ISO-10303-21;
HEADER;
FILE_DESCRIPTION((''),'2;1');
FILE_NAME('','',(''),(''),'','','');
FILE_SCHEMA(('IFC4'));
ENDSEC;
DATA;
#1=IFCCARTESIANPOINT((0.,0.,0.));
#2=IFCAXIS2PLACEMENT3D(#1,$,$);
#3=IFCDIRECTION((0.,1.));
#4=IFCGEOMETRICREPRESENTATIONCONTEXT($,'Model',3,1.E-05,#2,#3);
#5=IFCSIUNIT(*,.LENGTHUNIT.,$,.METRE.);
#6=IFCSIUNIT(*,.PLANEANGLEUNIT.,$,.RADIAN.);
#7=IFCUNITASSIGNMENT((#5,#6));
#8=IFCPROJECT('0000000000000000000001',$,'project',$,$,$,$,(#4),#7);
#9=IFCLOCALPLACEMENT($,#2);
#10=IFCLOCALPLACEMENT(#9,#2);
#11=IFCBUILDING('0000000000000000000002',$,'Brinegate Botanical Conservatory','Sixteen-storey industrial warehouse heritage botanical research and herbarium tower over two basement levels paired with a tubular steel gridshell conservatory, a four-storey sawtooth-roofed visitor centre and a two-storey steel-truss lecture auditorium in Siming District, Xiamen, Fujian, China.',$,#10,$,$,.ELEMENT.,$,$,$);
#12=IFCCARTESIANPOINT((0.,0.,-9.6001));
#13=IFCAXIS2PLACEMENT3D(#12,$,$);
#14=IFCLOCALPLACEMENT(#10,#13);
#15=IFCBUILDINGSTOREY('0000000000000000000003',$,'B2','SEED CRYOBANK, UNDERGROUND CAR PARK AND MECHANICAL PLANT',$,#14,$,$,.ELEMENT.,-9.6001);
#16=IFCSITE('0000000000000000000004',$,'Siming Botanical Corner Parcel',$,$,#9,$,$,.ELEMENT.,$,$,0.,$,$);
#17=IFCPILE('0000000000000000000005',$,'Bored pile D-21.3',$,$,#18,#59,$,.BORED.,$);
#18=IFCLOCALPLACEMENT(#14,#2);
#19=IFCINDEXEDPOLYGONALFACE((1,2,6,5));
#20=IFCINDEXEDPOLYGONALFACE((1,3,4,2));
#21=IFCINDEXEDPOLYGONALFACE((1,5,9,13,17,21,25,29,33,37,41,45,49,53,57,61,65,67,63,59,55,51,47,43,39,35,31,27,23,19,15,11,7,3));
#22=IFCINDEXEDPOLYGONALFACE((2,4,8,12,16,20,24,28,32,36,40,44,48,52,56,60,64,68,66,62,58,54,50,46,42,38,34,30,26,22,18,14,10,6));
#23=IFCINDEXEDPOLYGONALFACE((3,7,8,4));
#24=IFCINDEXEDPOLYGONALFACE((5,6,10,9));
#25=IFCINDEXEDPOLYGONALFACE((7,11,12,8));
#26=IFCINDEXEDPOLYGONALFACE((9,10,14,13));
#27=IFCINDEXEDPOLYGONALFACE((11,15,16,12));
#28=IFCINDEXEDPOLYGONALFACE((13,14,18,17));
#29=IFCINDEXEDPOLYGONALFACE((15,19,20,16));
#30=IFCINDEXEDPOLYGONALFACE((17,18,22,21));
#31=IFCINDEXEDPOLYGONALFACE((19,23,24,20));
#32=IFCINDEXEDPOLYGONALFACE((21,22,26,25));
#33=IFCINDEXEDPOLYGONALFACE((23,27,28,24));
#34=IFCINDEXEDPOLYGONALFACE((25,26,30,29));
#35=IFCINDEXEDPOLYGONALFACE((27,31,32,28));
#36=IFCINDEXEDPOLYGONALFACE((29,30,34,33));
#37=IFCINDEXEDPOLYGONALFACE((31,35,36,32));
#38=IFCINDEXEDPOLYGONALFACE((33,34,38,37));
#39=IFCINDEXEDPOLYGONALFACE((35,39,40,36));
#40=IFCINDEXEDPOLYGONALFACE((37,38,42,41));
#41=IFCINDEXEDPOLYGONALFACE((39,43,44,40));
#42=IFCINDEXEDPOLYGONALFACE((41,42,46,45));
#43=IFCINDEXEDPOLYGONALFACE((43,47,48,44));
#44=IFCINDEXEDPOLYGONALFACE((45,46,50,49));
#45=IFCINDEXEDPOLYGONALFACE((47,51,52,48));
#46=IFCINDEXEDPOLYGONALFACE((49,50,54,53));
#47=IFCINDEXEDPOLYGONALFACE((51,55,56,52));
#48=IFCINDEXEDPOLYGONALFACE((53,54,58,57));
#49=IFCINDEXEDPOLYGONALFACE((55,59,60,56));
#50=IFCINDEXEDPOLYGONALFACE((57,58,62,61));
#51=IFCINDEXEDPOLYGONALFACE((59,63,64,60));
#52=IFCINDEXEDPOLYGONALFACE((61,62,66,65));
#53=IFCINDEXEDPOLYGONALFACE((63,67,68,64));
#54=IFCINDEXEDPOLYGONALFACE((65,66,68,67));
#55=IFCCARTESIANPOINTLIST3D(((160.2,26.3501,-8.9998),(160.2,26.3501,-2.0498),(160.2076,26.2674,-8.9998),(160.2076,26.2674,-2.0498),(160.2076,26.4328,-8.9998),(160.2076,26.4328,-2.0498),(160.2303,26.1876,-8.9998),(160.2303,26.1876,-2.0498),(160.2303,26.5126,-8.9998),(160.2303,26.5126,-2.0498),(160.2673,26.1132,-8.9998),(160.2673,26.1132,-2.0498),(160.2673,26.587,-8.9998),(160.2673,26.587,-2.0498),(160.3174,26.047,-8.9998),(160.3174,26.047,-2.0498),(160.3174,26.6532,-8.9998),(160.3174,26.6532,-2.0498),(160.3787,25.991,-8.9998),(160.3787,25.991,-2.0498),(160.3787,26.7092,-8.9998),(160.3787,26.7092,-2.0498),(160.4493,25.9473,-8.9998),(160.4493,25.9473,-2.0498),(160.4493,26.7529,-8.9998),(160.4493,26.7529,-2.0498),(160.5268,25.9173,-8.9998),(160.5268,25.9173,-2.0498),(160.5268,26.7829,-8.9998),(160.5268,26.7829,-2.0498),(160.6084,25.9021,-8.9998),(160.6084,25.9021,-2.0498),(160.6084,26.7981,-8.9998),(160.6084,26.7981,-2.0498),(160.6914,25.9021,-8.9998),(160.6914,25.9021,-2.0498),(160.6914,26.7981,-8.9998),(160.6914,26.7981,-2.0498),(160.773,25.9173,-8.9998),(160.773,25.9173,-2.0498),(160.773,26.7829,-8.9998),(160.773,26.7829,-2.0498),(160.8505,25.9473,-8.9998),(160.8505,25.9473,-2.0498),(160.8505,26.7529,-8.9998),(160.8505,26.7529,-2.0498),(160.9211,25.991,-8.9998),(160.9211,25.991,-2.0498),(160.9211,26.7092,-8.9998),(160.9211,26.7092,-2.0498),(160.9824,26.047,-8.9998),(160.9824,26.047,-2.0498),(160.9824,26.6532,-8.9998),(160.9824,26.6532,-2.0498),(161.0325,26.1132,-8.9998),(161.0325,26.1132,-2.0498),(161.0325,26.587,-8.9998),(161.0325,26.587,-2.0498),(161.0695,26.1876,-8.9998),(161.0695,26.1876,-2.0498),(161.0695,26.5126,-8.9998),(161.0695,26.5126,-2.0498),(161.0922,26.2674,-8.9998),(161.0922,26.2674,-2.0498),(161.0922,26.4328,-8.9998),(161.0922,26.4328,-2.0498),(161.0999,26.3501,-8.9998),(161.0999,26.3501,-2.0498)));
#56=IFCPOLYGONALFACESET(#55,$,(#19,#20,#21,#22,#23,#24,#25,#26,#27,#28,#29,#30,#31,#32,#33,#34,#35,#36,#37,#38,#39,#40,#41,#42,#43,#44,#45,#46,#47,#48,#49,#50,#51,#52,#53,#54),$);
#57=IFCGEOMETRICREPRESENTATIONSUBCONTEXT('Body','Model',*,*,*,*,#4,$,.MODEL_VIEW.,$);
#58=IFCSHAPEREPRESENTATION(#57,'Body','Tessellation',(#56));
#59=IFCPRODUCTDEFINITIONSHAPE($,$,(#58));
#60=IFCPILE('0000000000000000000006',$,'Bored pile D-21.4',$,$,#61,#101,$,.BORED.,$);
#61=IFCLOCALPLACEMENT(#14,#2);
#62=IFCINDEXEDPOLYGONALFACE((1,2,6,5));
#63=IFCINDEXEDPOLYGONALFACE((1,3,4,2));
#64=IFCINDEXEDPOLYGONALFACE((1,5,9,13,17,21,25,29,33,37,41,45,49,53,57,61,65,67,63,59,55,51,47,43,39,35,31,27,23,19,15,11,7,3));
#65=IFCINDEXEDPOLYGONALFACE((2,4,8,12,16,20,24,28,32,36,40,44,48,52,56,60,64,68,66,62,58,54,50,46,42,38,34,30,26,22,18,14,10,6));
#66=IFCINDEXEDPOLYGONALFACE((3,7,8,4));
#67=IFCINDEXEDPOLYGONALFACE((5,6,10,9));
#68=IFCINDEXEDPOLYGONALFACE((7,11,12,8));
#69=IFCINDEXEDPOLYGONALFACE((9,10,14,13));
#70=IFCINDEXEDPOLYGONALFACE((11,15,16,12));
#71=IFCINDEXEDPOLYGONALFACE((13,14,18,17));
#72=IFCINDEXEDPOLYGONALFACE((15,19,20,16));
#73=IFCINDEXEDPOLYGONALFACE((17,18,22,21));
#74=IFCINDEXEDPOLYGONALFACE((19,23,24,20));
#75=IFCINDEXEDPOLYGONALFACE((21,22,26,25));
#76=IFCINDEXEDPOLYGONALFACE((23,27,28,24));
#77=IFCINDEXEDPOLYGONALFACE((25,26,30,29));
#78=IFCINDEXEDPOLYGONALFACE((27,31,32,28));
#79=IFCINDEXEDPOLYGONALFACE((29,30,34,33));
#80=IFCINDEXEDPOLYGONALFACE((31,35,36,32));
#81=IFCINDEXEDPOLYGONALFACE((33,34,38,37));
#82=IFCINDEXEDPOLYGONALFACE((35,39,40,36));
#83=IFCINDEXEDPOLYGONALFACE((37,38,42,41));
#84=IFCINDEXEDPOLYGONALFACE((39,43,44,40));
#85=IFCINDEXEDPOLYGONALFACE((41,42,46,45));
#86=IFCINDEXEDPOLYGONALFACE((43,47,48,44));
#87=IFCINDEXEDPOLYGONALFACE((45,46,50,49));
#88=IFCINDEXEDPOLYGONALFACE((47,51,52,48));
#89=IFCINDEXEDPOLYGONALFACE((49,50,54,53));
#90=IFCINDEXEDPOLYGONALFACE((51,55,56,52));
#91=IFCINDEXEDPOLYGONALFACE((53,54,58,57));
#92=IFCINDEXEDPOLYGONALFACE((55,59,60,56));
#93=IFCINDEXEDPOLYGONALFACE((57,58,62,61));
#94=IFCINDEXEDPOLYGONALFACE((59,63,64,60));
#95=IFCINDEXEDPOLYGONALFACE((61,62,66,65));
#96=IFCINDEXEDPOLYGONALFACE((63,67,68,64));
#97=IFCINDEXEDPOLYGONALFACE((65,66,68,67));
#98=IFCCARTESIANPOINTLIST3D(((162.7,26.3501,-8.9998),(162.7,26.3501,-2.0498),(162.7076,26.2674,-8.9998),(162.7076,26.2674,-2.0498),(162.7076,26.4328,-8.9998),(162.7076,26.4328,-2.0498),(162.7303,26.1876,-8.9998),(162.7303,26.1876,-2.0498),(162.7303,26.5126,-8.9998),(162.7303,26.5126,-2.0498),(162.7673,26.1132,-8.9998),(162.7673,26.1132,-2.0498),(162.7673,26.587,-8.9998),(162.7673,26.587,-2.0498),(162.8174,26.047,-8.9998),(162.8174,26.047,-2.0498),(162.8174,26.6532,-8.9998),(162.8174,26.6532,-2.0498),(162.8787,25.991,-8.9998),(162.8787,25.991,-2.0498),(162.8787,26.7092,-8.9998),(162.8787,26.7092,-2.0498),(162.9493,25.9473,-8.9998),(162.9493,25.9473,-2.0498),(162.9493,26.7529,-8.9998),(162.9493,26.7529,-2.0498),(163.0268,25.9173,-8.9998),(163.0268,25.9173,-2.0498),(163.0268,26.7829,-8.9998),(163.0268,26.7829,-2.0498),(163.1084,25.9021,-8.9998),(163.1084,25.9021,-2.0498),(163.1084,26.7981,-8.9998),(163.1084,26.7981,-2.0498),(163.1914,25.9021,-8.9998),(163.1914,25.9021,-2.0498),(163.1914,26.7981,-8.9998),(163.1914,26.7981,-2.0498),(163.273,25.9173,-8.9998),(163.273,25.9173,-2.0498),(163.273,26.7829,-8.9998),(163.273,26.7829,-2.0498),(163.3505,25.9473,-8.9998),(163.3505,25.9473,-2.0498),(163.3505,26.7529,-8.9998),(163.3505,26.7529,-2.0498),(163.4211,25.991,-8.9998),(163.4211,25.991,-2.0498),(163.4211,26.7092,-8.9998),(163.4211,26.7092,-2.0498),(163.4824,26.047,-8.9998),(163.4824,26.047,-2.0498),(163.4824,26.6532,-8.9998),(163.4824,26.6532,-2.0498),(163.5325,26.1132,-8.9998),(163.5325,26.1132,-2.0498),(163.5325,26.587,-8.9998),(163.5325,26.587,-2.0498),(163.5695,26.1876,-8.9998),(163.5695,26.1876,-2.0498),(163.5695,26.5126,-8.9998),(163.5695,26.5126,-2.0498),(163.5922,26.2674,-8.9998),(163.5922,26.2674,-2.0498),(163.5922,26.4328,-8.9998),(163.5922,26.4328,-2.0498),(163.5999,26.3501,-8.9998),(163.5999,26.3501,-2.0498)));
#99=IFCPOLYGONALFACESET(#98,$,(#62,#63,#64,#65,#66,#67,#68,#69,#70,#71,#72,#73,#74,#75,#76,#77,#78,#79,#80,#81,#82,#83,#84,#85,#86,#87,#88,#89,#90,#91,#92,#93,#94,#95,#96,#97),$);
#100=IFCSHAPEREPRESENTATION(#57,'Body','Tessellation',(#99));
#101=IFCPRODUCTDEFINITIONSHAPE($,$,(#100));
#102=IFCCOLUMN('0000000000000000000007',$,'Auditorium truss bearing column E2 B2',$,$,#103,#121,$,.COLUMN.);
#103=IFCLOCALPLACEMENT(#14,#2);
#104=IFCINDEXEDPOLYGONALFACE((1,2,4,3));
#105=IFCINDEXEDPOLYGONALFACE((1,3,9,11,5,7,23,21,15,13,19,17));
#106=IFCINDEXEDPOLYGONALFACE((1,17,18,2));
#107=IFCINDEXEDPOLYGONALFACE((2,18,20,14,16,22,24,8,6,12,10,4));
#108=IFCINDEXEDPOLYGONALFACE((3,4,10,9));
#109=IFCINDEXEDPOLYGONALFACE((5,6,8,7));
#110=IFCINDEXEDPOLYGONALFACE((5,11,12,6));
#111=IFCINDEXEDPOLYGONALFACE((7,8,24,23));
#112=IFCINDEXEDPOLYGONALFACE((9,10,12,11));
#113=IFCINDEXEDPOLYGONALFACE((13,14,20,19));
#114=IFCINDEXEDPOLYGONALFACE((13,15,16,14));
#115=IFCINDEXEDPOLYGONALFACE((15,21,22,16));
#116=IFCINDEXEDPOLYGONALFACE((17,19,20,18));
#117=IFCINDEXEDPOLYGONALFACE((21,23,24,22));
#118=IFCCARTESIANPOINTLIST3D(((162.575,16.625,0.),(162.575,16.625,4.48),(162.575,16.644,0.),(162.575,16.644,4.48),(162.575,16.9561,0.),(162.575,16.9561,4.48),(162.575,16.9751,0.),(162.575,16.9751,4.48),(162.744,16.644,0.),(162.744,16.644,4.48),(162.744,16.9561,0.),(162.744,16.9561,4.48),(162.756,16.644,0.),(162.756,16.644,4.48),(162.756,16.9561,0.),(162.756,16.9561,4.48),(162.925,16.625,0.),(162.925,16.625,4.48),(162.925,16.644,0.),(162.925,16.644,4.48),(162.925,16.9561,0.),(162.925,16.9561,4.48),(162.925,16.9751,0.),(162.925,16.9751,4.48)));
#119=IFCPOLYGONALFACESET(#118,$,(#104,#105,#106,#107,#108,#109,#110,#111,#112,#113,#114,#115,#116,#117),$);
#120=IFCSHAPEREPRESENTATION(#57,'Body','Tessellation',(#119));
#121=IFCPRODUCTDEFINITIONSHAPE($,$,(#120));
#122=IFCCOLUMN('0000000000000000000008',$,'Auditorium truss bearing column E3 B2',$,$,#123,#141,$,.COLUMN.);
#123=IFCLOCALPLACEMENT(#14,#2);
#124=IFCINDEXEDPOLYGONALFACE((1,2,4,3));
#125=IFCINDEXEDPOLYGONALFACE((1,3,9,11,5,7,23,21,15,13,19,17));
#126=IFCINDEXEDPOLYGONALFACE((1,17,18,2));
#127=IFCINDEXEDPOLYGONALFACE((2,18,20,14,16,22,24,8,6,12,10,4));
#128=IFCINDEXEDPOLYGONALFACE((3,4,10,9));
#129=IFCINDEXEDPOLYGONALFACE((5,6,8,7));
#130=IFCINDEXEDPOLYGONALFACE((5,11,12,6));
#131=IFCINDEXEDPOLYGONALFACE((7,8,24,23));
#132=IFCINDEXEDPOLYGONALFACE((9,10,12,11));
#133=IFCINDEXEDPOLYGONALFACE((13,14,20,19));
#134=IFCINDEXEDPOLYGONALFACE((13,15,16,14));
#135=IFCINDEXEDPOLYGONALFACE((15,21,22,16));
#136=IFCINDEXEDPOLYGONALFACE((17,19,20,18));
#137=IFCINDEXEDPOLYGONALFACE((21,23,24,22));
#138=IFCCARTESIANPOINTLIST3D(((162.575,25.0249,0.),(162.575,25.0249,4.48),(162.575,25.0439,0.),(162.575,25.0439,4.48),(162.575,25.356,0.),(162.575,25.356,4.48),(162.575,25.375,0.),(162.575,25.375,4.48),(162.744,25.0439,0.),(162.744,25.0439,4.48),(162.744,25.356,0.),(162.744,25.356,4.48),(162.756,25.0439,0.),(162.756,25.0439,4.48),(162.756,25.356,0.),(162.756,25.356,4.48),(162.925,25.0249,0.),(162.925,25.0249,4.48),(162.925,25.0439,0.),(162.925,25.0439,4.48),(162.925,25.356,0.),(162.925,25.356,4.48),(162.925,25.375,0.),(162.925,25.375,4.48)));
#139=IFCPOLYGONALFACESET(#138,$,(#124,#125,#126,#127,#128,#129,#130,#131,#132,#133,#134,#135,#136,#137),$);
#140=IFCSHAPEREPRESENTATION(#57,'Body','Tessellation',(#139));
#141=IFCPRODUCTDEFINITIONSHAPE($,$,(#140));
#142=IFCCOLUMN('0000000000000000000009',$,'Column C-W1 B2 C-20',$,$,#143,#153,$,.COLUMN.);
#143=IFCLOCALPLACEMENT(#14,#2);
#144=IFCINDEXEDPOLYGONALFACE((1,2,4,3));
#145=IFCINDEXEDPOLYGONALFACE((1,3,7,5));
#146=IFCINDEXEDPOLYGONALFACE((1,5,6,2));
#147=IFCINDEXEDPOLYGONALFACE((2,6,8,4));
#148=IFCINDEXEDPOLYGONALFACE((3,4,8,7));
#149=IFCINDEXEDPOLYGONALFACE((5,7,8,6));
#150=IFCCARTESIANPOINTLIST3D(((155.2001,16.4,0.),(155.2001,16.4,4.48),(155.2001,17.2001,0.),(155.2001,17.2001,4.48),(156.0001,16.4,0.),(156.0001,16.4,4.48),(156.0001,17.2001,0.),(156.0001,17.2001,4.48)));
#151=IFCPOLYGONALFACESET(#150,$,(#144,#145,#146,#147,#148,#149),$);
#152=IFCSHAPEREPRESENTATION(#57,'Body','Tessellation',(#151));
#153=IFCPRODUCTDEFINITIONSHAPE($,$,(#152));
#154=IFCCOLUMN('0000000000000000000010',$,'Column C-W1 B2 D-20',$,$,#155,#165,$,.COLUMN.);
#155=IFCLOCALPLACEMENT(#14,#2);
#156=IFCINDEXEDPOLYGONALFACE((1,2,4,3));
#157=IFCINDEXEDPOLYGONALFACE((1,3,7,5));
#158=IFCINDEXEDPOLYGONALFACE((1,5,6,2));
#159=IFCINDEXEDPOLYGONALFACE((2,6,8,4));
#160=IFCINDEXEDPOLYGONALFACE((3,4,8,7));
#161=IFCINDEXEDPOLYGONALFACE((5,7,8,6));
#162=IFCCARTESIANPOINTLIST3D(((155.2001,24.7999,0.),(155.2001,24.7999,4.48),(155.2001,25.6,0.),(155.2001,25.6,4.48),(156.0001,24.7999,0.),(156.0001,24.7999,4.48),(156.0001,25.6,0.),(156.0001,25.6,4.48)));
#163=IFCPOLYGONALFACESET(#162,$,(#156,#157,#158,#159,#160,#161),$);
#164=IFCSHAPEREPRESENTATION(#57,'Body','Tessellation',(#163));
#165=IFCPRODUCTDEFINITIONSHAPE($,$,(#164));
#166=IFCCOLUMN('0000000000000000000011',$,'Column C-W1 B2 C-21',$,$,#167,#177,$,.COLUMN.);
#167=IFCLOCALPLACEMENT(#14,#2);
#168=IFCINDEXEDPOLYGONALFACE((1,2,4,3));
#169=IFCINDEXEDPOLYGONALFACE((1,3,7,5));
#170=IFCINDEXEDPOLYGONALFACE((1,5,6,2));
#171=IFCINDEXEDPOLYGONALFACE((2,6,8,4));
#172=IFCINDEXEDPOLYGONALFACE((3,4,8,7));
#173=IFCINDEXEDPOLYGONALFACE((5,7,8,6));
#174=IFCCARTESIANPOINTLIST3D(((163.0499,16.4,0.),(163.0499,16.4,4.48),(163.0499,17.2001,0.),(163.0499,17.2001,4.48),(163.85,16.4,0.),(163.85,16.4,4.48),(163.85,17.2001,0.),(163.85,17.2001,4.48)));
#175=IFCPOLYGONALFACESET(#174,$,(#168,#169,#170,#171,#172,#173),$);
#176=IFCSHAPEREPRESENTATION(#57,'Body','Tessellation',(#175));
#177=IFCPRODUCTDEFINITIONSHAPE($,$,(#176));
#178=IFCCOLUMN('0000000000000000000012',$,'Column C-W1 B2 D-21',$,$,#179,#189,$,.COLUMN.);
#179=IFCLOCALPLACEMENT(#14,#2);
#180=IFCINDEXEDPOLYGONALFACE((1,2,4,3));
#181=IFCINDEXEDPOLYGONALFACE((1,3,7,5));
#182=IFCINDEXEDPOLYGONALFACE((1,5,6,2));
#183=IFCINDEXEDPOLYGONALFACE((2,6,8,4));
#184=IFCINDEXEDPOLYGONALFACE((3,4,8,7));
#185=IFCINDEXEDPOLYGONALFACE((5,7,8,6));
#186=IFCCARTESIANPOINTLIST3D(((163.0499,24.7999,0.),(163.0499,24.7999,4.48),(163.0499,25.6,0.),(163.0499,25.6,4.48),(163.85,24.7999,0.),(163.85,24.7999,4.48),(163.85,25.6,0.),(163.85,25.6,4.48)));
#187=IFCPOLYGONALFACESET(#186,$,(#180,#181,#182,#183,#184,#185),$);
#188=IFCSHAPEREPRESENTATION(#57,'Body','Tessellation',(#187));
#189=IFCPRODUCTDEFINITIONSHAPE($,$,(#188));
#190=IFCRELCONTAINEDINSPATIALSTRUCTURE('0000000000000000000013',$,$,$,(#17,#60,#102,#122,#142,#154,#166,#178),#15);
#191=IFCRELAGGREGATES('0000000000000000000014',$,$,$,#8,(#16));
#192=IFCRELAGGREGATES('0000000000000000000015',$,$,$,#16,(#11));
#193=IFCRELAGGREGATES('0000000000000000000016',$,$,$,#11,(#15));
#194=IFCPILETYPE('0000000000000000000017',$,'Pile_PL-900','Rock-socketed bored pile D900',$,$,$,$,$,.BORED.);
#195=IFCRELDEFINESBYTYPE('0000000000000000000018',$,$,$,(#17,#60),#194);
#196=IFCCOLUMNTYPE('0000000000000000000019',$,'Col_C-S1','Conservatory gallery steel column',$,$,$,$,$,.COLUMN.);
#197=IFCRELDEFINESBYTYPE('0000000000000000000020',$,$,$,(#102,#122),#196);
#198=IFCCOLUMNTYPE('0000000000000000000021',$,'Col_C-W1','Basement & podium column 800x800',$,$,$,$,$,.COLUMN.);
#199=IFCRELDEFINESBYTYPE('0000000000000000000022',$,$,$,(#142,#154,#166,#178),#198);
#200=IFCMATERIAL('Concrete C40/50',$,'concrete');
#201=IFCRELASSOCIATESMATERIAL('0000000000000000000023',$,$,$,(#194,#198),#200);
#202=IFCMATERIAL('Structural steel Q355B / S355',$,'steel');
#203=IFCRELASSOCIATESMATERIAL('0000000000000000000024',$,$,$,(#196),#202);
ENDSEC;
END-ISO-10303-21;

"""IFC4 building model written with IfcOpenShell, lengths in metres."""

from ifc_helpers import new_model, si_unit, direction, frame, origin, origin_2d, place, context, subcontext, project, spatial, rectangle, circle, i_section, extrude, material, material_profile, profile_set, type_object, element, save


model = new_model("IFC4")

# Units and contexts
model_context = context("Model", 3, precision=1e-05, world=origin(), true_north=direction((0.0, 1.0)))
body_context = subcontext(model_context, "Body", "Model", "MODEL_VIEW")
ifc_project = project(units=[si_unit("LENGTHUNIT", "METRE"), si_unit("PLANEANGLEUNIT", "RADIAN")], contexts=[model_context])

# Site, building, storey
site_placement = place(None, origin())
site = spatial("IfcSite", under=ifc_project, at=site_placement, Name="Siming Botanical Corner Parcel", CompositionType="ELEMENT", RefElevation=0.0)
building_placement = place(site_placement, origin())
building = spatial("IfcBuilding", under=site, at=building_placement, Name="Brinegate Botanical Conservatory", Description="Sixteen-storey industrial warehouse heritage botanical research and herbarium tower over two basement levels paired with a tubular steel gridshell conservatory, a four-storey sawtooth-roofed visitor centre and a two-storey steel-truss lecture auditorium in Siming District, Xiamen, Fujian, China.", CompositionType="ELEMENT")
storey_placement = place(building_placement, frame((0.0, 0.0, -9.6001)))
storey = spatial("IfcBuildingStorey", under=building, at=storey_placement, Name="B2", Description="SEED CRYOBANK, UNDERGROUND CAR PARK AND MECHANICAL PLANT", CompositionType="ELEMENT", Elevation=-9.6001)

# Shared definitions
ifc_material_1 = material(Name="Concrete C40/50", Category="concrete")

# Piles
ifc_material_profile_1 = material_profile(ifc_material_1, circle(Radius=0.45, at=origin_2d()), Name="PILE D900")
ifc_profile_set_1 = profile_set([ifc_material_profile_1], Name="Concrete C40/50")
pile_type = type_object("IfcPileType", Name="Pile_PL-900", Description="Rock-socketed bored pile D900", PredefinedType="BORED", material=ifc_profile_set_1)
for number, where, z_axis, x_axis, name in (
    (1, (160.6499, 26.3501, -2.0498), (0.0, 0.0, -1.0), (1.0, 0.0, 0.0), "Bored pile D-21.3"),
    (2, (163.1499, 26.3501, -2.0498), (0.0, 0.0, -1.0), (1.0, 0.0, 0.0), "Bored pile D-21.4"),
):
    element("IfcPile", number, at=place(storey_placement, frame(where, z_axis=z_axis, x_axis=x_axis)), inside=storey, type_object=pile_type, Name=name, PredefinedType="BORED", context=body_context, shape_type="SweptSolid", body=[
        extrude(circle(Radius=0.45, at=origin_2d()), origin(), (0.0, 0.0, 1.0), 6.95),
    ])

# Columns
ifc_material_2 = material(Name="Structural steel Q355B / S355", Category="steel")
ifc_material_profile_2 = material_profile(ifc_material_2, i_section(OverallWidth=0.3501, OverallDepth=0.3501, WebThickness=0.012, FlangeThickness=0.019, at=origin_2d()), Name="HW 350x350x12x19")
ifc_profile_set_2 = profile_set([ifc_material_profile_2], Name="Structural steel Q355B / S355")
column_type_1 = type_object("IfcColumnType", Name="Col_C-S1", Description="Conservatory gallery steel column", PredefinedType="COLUMN", material=ifc_profile_set_2)
for number, where, z_axis, x_axis, name in (
    (3, (162.75, 16.8, 0.0), (0.0, 0.0, 1.0), (1.0, 0.0, 0.0), "Auditorium truss bearing column E2 B2"),
    (4, (162.75, 25.2, 0.0), (0.0, 0.0, 1.0), (1.0, 0.0, 0.0), "Auditorium truss bearing column E3 B2"),
):
    element("IfcColumn", number, at=place(storey_placement, frame(where, z_axis=z_axis, x_axis=x_axis)), inside=storey, type_object=column_type_1, Name=name, PredefinedType="COLUMN", context=body_context, shape_type="SweptSolid", body=[
        extrude(i_section(OverallWidth=0.3501, OverallDepth=0.3501, WebThickness=0.012, FlangeThickness=0.019, at=origin_2d()), origin(), (0.0, 0.0, 1.0), 4.48),
    ])
ifc_material_profile_3 = material_profile(ifc_material_1, rectangle(XDim=0.8, YDim=0.8, at=origin_2d()), Name="RC COL 800x800")
ifc_profile_set_3 = profile_set([ifc_material_profile_3], Name="Concrete C40/50")
column_type_2 = type_object("IfcColumnType", Name="Col_C-W1", Description="Basement & podium column 800x800", PredefinedType="COLUMN", material=ifc_profile_set_3)
for number, where, z_axis, x_axis, name in (
    (5, (155.6001, 16.8, 0.0), (0.0, 0.0, 1.0), (1.0, 0.0, 0.0), "Column C-W1 B2 C-20"),
    (6, (155.6001, 25.2, 0.0), (0.0, 0.0, 1.0), (1.0, 0.0, 0.0), "Column C-W1 B2 D-20"),
    (7, (163.45, 16.8, 0.0), (0.0, 0.0, 1.0), (1.0, 0.0, 0.0), "Column C-W1 B2 C-21"),
    (8, (163.45, 25.2, 0.0), (0.0, 0.0, 1.0), (1.0, 0.0, 0.0), "Column C-W1 B2 D-21"),
):
    element("IfcColumn", number, at=place(storey_placement, frame(where, z_axis=z_axis, x_axis=x_axis)), inside=storey, type_object=column_type_2, Name=name, PredefinedType="COLUMN", context=body_context, shape_type="SweptSolid", body=[
        extrude(rectangle(XDim=0.8, YDim=0.8, at=origin_2d()), origin(), (0.0, 0.0, 1.0), 4.48),
    ])

save(model, "model.ifc")
